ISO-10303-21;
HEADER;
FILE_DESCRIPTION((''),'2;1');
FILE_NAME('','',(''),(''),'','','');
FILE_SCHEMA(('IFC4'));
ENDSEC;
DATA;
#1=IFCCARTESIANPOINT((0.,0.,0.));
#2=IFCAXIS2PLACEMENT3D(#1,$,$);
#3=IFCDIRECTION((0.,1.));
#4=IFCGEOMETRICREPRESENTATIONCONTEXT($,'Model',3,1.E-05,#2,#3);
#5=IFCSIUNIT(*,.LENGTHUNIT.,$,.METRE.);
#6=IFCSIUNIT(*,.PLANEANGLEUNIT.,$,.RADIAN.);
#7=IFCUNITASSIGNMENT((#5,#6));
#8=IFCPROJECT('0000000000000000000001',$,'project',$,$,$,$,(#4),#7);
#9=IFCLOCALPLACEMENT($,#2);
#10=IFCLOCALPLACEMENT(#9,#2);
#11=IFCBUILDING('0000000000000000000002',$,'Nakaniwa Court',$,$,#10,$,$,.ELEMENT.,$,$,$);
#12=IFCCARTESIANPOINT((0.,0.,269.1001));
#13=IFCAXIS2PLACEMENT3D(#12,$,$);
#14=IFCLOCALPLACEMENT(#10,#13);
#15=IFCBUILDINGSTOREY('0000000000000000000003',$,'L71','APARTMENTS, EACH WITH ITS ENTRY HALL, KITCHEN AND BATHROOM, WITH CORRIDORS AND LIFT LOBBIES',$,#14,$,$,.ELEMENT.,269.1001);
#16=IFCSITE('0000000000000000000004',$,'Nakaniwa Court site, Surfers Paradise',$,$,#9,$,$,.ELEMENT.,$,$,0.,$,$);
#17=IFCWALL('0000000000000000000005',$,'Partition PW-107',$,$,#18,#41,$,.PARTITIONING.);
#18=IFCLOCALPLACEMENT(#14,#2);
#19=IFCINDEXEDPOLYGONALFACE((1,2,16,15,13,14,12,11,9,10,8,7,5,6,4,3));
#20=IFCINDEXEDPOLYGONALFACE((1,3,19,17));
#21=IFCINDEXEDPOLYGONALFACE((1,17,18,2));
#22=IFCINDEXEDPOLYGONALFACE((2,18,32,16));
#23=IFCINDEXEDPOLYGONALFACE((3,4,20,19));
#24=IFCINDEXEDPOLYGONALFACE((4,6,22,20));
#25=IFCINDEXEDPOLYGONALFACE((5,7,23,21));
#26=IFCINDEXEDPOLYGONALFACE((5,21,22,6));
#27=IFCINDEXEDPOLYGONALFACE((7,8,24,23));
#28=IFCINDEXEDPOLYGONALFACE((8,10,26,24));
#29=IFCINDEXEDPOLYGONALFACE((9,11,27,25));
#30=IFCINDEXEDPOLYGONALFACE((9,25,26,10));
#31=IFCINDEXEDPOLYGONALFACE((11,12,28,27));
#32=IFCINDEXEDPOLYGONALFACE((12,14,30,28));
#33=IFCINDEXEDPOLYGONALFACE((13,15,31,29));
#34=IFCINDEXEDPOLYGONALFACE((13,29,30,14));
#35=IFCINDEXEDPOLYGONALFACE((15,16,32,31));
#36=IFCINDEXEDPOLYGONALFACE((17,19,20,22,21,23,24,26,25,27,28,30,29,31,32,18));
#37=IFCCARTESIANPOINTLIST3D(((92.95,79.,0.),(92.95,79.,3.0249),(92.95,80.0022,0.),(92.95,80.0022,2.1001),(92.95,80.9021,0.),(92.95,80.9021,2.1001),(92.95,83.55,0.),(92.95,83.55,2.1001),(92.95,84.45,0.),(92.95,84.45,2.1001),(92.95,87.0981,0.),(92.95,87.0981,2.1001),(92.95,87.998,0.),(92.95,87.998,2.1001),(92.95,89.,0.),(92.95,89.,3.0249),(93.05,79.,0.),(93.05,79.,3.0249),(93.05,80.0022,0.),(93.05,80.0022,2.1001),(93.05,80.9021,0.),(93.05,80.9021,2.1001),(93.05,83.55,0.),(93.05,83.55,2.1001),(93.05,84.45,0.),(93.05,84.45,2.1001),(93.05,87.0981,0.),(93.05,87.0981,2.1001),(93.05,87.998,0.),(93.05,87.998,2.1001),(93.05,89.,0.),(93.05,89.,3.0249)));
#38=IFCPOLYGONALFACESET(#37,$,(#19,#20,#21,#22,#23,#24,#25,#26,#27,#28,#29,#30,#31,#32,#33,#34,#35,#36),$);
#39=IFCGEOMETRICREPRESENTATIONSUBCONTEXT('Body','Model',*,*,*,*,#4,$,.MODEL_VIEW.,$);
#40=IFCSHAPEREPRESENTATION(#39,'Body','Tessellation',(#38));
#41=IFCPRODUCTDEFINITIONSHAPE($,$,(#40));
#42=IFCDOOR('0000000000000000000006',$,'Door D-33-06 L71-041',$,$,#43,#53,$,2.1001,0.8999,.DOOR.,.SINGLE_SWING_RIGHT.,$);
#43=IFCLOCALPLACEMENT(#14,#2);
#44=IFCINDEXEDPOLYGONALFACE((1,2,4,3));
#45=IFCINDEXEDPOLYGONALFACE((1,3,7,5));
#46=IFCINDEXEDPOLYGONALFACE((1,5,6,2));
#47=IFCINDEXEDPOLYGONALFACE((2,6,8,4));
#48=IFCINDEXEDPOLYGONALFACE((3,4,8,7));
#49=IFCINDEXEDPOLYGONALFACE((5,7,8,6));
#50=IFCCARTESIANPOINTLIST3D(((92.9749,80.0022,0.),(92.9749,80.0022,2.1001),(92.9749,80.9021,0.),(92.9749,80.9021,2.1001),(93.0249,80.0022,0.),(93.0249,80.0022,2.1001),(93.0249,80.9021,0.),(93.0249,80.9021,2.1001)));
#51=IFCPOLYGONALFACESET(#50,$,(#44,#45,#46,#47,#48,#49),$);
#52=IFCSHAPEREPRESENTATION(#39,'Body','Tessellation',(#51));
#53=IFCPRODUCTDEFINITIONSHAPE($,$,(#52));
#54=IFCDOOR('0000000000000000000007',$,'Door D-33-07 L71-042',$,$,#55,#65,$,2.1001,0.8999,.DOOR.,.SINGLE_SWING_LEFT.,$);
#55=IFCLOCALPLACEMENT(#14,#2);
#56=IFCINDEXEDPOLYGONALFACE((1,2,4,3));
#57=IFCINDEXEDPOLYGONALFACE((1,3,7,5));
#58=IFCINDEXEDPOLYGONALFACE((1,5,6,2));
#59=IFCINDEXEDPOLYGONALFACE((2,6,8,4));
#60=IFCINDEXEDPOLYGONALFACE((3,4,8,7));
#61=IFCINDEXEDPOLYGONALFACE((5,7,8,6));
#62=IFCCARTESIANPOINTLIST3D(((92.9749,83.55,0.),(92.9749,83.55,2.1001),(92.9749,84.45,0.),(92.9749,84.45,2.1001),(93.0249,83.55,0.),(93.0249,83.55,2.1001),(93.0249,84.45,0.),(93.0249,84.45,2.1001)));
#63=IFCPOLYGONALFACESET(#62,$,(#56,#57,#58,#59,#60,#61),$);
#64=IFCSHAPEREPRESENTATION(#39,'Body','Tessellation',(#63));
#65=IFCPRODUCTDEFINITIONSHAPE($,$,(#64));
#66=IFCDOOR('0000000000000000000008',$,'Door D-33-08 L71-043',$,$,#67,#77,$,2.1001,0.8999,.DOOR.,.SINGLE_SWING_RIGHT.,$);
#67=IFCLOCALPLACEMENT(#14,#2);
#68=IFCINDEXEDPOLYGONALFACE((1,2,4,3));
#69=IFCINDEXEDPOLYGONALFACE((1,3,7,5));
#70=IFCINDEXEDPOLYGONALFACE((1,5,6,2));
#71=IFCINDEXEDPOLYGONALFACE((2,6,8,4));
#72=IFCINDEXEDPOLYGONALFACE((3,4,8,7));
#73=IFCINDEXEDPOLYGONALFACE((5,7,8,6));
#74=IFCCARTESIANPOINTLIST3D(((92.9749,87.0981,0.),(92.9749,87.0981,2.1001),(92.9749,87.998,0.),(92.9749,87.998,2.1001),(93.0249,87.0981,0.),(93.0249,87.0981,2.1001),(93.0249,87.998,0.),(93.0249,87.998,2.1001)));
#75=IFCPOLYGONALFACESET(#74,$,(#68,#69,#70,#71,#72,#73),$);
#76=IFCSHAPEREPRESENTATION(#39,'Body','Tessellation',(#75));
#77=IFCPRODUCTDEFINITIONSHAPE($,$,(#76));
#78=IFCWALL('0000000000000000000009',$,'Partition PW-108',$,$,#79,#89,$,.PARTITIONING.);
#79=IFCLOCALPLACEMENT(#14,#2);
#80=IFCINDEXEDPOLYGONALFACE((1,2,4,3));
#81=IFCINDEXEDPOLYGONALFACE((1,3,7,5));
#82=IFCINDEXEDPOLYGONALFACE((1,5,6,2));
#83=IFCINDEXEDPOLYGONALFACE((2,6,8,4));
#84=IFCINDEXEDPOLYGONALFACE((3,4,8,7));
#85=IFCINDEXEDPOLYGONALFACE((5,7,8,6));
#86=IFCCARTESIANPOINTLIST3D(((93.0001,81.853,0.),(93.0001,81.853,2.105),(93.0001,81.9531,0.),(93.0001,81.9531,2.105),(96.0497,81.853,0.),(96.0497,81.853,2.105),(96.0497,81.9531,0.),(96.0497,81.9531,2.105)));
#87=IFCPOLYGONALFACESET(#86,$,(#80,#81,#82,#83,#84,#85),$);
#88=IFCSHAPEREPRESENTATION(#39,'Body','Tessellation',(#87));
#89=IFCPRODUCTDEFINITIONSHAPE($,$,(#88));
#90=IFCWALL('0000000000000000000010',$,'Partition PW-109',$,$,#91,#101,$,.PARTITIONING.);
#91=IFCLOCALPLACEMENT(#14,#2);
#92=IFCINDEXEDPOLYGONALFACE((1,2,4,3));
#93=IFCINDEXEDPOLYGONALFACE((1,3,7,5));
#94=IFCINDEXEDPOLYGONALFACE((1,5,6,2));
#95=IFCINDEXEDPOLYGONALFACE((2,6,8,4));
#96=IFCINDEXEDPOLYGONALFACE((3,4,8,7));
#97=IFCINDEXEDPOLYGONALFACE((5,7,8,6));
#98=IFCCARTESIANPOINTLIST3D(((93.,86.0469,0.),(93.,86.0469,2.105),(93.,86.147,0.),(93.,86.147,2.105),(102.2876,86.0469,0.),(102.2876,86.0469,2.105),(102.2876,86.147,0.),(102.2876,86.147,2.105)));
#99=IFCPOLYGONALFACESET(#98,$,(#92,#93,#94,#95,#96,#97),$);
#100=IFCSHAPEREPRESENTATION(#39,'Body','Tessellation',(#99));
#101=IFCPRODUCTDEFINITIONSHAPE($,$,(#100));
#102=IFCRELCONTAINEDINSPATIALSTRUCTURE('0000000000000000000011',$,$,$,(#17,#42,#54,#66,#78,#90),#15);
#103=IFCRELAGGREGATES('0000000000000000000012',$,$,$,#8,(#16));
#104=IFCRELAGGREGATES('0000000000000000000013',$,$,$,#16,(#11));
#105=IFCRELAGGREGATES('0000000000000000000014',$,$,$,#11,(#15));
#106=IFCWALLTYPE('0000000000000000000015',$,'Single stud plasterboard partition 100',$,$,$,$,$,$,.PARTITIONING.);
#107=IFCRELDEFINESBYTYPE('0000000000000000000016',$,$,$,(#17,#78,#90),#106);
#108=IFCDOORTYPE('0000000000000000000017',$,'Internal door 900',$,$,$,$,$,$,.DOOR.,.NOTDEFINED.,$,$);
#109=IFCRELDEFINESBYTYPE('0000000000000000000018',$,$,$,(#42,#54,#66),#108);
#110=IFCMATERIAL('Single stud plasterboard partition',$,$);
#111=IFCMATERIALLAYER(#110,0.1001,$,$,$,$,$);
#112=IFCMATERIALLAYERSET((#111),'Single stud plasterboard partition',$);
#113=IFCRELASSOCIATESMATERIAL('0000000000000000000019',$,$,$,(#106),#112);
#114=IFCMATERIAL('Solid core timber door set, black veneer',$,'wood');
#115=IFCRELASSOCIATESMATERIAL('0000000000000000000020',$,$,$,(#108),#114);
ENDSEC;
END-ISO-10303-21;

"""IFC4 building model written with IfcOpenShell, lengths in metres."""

from ifc_helpers import new_model, si_unit, direction, frame, frame_2d, origin, place, context, subcontext, project, spatial, rectangle, extrude, material, layer, layer_set, type_object, element, fill, save


model = new_model("IFC4")

# Units and contexts
model_context = context("Model", 3, precision=1e-05, world=origin(), true_north=direction((0.0, 1.0)))
body_context = subcontext(model_context, "Body", "Model", "MODEL_VIEW")
ifc_project = project(units=[si_unit("LENGTHUNIT", "METRE"), si_unit("PLANEANGLEUNIT", "RADIAN")], contexts=[model_context])

# Site, building, storey
site_placement = place(None, origin())
site = spatial("IfcSite", under=ifc_project, at=site_placement, Name="Nakaniwa Court site, Surfers Paradise", CompositionType="ELEMENT", RefElevation=0.0)
building_placement = place(site_placement, origin())
building = spatial("IfcBuilding", under=site, at=building_placement, Name="Nakaniwa Court", CompositionType="ELEMENT")
storey_placement = place(building_placement, frame((0.0, 0.0, 269.1001)))
storey = spatial("IfcBuildingStorey", under=building, at=storey_placement, Name="L71", Description="APARTMENTS, EACH WITH ITS ENTRY HALL, KITCHEN AND BATHROOM, WITH CORRIDORS AND LIFT LOBBIES", CompositionType="ELEMENT", Elevation=269.1001)

# Wall, openings, doors
ifc_material_1 = material(Name="Single stud plasterboard partition")
ifc_layer_1 = layer(ifc_material_1, 0.1001)
ifc_layer_set_1 = layer_set([ifc_layer_1], Name="Single stud plasterboard partition")
wall_type_1 = type_object("IfcWallType", Name="Single stud plasterboard partition 100", PredefinedType="PARTITIONING", material=ifc_layer_set_1)
ifc_material_2 = material(Name="Solid core timber door set, black veneer", Category="wood")
door_type_1 = type_object("IfcDoorType", Name="Internal door 900", OperationType="NOTDEFINED", PredefinedType="DOOR", material=ifc_material_2)
wall_1_placement = place(storey_placement, frame((93.0, 89.0, 0.0), z_axis=(0.0, 0.0, 1.0), x_axis=(0.0, -1.0, 0.0)))
wall_1 = element("IfcWall", 1, at=wall_1_placement, inside=storey, type_object=wall_type_1, Name="Partition PW-107", PredefinedType="PARTITIONING", context=body_context, shape_type="SweptSolid", body=[
    extrude(rectangle(XDim=10.0, YDim=0.1001, at=frame_2d((5.0, 0.0))), origin(), (0.0, 0.0, 1.0), 3.0249),
])
opening_1_placement = place(wall_1_placement, frame((8.0979, 0.0, 0.0)))
opening_1 = element("IfcOpeningElement", 2, at=opening_1_placement, cuts=wall_1, PredefinedType="OPENING", context=body_context, shape_type="SweptSolid", body=[
    extrude(rectangle(XDim=0.8999, YDim=2.1001, at=frame_2d((0.45, 1.05))), frame((0.0, 0.0601, 0.0), z_axis=(0.0, -1.0, 0.0), x_axis=(1.0, 0.0, 0.0)), (0.0, 0.0, 1.0), 0.1201),
])
opening_2_placement = place(wall_1_placement, frame((4.55, 0.0, 0.0)))
opening_2 = element("IfcOpeningElement", 3, at=opening_2_placement, cuts=wall_1, PredefinedType="OPENING", context=body_context, shape_type="SweptSolid", body=[
    extrude(rectangle(XDim=0.8999, YDim=2.1001, at=frame_2d((0.45, 1.05))), frame((0.0, 0.0601, 0.0), z_axis=(0.0, -1.0, 0.0), x_axis=(1.0, 0.0, 0.0)), (0.0, 0.0, 1.0), 0.1201),
])
opening_3_placement = place(wall_1_placement, frame((1.002, 0.0, 0.0)))
opening_3 = element("IfcOpeningElement", 4, at=opening_3_placement, cuts=wall_1, PredefinedType="OPENING", context=body_context, shape_type="SweptSolid", body=[
    extrude(rectangle(XDim=0.8999, YDim=2.1001, at=frame_2d((0.45, 1.05))), frame((0.0, 0.0601, 0.0), z_axis=(0.0, -1.0, 0.0), x_axis=(1.0, 0.0, 0.0)), (0.0, 0.0, 1.0), 0.1201),
])
door_1_placement = place(opening_1_placement, origin())
door_1 = element("IfcDoor", 5, at=door_1_placement, inside=storey, type_object=door_type_1, Name="Door D-33-06 L71-041", OperationType="SINGLE_SWING_RIGHT", OverallHeight=2.1001, OverallWidth=0.8999, PredefinedType="DOOR", context=body_context, shape_type="SweptSolid", body=[
    extrude(rectangle(XDim=0.8999, YDim=2.1001, at=frame_2d((0.45, 1.05))), frame((0.0, 0.0249, 0.0), z_axis=(0.0, -1.0, 0.0), x_axis=(1.0, 0.0, 0.0)), (0.0, 0.0, 1.0), 0.05),
])
fill(opening_1, door_1)
door_2_placement = place(opening_2_placement, origin())
door_2 = element("IfcDoor", 6, at=door_2_placement, inside=storey, type_object=door_type_1, Name="Door D-33-07 L71-042", OperationType="SINGLE_SWING_LEFT", OverallHeight=2.1001, OverallWidth=0.8999, PredefinedType="DOOR", context=body_context, shape_type="SweptSolid", body=[
    extrude(rectangle(XDim=0.8999, YDim=2.1001, at=frame_2d((0.45, 1.05))), frame((0.0, 0.0249, 0.0), z_axis=(0.0, -1.0, 0.0), x_axis=(1.0, 0.0, 0.0)), (0.0, 0.0, 1.0), 0.05),
])
fill(opening_2, door_2)
door_3_placement = place(opening_3_placement, origin())
door_3 = element("IfcDoor", 7, at=door_3_placement, inside=storey, type_object=door_type_1, Name="Door D-33-08 L71-043", OperationType="SINGLE_SWING_RIGHT", OverallHeight=2.1001, OverallWidth=0.8999, PredefinedType="DOOR", context=body_context, shape_type="SweptSolid", body=[
    extrude(rectangle(XDim=0.8999, YDim=2.1001, at=frame_2d((0.45, 1.05))), frame((0.0, 0.0249, 0.0), z_axis=(0.0, -1.0, 0.0), x_axis=(1.0, 0.0, 0.0)), (0.0, 0.0, 1.0), 0.05),
])
fill(opening_3, door_3)

# Walls
wall_2_placement = place(storey_placement, frame((93.0, 81.9031, 0.0), z_axis=(0.0, 0.0, 1.0), x_axis=(1.0, 0.0, 0.0)))
element("IfcWall", 8, at=wall_2_placement, inside=storey, type_object=wall_type_1, Name="Partition PW-108", PredefinedType="PARTITIONING", context=body_context, shape_type="SweptSolid", body=[
    extrude(rectangle(XDim=3.0496, YDim=0.1001, at=frame_2d((1.5249, 0.0))), origin(), (0.0, 0.0, 1.0), 2.105),
])
wall_3_placement = place(storey_placement, frame((93.0, 86.0969, 0.0), z_axis=(0.0, 0.0, 1.0), x_axis=(1.0, 0.0, 0.0)))
element("IfcWall", 9, at=wall_3_placement, inside=storey, type_object=wall_type_1, Name="Partition PW-109", PredefinedType="PARTITIONING", context=body_context, shape_type="SweptSolid", body=[
    extrude(rectangle(XDim=9.2876, YDim=0.1001, at=frame_2d((4.6438, 0.0))), origin(), (0.0, 0.0, 1.0), 2.105),
])

save(model, "model.ifc")
